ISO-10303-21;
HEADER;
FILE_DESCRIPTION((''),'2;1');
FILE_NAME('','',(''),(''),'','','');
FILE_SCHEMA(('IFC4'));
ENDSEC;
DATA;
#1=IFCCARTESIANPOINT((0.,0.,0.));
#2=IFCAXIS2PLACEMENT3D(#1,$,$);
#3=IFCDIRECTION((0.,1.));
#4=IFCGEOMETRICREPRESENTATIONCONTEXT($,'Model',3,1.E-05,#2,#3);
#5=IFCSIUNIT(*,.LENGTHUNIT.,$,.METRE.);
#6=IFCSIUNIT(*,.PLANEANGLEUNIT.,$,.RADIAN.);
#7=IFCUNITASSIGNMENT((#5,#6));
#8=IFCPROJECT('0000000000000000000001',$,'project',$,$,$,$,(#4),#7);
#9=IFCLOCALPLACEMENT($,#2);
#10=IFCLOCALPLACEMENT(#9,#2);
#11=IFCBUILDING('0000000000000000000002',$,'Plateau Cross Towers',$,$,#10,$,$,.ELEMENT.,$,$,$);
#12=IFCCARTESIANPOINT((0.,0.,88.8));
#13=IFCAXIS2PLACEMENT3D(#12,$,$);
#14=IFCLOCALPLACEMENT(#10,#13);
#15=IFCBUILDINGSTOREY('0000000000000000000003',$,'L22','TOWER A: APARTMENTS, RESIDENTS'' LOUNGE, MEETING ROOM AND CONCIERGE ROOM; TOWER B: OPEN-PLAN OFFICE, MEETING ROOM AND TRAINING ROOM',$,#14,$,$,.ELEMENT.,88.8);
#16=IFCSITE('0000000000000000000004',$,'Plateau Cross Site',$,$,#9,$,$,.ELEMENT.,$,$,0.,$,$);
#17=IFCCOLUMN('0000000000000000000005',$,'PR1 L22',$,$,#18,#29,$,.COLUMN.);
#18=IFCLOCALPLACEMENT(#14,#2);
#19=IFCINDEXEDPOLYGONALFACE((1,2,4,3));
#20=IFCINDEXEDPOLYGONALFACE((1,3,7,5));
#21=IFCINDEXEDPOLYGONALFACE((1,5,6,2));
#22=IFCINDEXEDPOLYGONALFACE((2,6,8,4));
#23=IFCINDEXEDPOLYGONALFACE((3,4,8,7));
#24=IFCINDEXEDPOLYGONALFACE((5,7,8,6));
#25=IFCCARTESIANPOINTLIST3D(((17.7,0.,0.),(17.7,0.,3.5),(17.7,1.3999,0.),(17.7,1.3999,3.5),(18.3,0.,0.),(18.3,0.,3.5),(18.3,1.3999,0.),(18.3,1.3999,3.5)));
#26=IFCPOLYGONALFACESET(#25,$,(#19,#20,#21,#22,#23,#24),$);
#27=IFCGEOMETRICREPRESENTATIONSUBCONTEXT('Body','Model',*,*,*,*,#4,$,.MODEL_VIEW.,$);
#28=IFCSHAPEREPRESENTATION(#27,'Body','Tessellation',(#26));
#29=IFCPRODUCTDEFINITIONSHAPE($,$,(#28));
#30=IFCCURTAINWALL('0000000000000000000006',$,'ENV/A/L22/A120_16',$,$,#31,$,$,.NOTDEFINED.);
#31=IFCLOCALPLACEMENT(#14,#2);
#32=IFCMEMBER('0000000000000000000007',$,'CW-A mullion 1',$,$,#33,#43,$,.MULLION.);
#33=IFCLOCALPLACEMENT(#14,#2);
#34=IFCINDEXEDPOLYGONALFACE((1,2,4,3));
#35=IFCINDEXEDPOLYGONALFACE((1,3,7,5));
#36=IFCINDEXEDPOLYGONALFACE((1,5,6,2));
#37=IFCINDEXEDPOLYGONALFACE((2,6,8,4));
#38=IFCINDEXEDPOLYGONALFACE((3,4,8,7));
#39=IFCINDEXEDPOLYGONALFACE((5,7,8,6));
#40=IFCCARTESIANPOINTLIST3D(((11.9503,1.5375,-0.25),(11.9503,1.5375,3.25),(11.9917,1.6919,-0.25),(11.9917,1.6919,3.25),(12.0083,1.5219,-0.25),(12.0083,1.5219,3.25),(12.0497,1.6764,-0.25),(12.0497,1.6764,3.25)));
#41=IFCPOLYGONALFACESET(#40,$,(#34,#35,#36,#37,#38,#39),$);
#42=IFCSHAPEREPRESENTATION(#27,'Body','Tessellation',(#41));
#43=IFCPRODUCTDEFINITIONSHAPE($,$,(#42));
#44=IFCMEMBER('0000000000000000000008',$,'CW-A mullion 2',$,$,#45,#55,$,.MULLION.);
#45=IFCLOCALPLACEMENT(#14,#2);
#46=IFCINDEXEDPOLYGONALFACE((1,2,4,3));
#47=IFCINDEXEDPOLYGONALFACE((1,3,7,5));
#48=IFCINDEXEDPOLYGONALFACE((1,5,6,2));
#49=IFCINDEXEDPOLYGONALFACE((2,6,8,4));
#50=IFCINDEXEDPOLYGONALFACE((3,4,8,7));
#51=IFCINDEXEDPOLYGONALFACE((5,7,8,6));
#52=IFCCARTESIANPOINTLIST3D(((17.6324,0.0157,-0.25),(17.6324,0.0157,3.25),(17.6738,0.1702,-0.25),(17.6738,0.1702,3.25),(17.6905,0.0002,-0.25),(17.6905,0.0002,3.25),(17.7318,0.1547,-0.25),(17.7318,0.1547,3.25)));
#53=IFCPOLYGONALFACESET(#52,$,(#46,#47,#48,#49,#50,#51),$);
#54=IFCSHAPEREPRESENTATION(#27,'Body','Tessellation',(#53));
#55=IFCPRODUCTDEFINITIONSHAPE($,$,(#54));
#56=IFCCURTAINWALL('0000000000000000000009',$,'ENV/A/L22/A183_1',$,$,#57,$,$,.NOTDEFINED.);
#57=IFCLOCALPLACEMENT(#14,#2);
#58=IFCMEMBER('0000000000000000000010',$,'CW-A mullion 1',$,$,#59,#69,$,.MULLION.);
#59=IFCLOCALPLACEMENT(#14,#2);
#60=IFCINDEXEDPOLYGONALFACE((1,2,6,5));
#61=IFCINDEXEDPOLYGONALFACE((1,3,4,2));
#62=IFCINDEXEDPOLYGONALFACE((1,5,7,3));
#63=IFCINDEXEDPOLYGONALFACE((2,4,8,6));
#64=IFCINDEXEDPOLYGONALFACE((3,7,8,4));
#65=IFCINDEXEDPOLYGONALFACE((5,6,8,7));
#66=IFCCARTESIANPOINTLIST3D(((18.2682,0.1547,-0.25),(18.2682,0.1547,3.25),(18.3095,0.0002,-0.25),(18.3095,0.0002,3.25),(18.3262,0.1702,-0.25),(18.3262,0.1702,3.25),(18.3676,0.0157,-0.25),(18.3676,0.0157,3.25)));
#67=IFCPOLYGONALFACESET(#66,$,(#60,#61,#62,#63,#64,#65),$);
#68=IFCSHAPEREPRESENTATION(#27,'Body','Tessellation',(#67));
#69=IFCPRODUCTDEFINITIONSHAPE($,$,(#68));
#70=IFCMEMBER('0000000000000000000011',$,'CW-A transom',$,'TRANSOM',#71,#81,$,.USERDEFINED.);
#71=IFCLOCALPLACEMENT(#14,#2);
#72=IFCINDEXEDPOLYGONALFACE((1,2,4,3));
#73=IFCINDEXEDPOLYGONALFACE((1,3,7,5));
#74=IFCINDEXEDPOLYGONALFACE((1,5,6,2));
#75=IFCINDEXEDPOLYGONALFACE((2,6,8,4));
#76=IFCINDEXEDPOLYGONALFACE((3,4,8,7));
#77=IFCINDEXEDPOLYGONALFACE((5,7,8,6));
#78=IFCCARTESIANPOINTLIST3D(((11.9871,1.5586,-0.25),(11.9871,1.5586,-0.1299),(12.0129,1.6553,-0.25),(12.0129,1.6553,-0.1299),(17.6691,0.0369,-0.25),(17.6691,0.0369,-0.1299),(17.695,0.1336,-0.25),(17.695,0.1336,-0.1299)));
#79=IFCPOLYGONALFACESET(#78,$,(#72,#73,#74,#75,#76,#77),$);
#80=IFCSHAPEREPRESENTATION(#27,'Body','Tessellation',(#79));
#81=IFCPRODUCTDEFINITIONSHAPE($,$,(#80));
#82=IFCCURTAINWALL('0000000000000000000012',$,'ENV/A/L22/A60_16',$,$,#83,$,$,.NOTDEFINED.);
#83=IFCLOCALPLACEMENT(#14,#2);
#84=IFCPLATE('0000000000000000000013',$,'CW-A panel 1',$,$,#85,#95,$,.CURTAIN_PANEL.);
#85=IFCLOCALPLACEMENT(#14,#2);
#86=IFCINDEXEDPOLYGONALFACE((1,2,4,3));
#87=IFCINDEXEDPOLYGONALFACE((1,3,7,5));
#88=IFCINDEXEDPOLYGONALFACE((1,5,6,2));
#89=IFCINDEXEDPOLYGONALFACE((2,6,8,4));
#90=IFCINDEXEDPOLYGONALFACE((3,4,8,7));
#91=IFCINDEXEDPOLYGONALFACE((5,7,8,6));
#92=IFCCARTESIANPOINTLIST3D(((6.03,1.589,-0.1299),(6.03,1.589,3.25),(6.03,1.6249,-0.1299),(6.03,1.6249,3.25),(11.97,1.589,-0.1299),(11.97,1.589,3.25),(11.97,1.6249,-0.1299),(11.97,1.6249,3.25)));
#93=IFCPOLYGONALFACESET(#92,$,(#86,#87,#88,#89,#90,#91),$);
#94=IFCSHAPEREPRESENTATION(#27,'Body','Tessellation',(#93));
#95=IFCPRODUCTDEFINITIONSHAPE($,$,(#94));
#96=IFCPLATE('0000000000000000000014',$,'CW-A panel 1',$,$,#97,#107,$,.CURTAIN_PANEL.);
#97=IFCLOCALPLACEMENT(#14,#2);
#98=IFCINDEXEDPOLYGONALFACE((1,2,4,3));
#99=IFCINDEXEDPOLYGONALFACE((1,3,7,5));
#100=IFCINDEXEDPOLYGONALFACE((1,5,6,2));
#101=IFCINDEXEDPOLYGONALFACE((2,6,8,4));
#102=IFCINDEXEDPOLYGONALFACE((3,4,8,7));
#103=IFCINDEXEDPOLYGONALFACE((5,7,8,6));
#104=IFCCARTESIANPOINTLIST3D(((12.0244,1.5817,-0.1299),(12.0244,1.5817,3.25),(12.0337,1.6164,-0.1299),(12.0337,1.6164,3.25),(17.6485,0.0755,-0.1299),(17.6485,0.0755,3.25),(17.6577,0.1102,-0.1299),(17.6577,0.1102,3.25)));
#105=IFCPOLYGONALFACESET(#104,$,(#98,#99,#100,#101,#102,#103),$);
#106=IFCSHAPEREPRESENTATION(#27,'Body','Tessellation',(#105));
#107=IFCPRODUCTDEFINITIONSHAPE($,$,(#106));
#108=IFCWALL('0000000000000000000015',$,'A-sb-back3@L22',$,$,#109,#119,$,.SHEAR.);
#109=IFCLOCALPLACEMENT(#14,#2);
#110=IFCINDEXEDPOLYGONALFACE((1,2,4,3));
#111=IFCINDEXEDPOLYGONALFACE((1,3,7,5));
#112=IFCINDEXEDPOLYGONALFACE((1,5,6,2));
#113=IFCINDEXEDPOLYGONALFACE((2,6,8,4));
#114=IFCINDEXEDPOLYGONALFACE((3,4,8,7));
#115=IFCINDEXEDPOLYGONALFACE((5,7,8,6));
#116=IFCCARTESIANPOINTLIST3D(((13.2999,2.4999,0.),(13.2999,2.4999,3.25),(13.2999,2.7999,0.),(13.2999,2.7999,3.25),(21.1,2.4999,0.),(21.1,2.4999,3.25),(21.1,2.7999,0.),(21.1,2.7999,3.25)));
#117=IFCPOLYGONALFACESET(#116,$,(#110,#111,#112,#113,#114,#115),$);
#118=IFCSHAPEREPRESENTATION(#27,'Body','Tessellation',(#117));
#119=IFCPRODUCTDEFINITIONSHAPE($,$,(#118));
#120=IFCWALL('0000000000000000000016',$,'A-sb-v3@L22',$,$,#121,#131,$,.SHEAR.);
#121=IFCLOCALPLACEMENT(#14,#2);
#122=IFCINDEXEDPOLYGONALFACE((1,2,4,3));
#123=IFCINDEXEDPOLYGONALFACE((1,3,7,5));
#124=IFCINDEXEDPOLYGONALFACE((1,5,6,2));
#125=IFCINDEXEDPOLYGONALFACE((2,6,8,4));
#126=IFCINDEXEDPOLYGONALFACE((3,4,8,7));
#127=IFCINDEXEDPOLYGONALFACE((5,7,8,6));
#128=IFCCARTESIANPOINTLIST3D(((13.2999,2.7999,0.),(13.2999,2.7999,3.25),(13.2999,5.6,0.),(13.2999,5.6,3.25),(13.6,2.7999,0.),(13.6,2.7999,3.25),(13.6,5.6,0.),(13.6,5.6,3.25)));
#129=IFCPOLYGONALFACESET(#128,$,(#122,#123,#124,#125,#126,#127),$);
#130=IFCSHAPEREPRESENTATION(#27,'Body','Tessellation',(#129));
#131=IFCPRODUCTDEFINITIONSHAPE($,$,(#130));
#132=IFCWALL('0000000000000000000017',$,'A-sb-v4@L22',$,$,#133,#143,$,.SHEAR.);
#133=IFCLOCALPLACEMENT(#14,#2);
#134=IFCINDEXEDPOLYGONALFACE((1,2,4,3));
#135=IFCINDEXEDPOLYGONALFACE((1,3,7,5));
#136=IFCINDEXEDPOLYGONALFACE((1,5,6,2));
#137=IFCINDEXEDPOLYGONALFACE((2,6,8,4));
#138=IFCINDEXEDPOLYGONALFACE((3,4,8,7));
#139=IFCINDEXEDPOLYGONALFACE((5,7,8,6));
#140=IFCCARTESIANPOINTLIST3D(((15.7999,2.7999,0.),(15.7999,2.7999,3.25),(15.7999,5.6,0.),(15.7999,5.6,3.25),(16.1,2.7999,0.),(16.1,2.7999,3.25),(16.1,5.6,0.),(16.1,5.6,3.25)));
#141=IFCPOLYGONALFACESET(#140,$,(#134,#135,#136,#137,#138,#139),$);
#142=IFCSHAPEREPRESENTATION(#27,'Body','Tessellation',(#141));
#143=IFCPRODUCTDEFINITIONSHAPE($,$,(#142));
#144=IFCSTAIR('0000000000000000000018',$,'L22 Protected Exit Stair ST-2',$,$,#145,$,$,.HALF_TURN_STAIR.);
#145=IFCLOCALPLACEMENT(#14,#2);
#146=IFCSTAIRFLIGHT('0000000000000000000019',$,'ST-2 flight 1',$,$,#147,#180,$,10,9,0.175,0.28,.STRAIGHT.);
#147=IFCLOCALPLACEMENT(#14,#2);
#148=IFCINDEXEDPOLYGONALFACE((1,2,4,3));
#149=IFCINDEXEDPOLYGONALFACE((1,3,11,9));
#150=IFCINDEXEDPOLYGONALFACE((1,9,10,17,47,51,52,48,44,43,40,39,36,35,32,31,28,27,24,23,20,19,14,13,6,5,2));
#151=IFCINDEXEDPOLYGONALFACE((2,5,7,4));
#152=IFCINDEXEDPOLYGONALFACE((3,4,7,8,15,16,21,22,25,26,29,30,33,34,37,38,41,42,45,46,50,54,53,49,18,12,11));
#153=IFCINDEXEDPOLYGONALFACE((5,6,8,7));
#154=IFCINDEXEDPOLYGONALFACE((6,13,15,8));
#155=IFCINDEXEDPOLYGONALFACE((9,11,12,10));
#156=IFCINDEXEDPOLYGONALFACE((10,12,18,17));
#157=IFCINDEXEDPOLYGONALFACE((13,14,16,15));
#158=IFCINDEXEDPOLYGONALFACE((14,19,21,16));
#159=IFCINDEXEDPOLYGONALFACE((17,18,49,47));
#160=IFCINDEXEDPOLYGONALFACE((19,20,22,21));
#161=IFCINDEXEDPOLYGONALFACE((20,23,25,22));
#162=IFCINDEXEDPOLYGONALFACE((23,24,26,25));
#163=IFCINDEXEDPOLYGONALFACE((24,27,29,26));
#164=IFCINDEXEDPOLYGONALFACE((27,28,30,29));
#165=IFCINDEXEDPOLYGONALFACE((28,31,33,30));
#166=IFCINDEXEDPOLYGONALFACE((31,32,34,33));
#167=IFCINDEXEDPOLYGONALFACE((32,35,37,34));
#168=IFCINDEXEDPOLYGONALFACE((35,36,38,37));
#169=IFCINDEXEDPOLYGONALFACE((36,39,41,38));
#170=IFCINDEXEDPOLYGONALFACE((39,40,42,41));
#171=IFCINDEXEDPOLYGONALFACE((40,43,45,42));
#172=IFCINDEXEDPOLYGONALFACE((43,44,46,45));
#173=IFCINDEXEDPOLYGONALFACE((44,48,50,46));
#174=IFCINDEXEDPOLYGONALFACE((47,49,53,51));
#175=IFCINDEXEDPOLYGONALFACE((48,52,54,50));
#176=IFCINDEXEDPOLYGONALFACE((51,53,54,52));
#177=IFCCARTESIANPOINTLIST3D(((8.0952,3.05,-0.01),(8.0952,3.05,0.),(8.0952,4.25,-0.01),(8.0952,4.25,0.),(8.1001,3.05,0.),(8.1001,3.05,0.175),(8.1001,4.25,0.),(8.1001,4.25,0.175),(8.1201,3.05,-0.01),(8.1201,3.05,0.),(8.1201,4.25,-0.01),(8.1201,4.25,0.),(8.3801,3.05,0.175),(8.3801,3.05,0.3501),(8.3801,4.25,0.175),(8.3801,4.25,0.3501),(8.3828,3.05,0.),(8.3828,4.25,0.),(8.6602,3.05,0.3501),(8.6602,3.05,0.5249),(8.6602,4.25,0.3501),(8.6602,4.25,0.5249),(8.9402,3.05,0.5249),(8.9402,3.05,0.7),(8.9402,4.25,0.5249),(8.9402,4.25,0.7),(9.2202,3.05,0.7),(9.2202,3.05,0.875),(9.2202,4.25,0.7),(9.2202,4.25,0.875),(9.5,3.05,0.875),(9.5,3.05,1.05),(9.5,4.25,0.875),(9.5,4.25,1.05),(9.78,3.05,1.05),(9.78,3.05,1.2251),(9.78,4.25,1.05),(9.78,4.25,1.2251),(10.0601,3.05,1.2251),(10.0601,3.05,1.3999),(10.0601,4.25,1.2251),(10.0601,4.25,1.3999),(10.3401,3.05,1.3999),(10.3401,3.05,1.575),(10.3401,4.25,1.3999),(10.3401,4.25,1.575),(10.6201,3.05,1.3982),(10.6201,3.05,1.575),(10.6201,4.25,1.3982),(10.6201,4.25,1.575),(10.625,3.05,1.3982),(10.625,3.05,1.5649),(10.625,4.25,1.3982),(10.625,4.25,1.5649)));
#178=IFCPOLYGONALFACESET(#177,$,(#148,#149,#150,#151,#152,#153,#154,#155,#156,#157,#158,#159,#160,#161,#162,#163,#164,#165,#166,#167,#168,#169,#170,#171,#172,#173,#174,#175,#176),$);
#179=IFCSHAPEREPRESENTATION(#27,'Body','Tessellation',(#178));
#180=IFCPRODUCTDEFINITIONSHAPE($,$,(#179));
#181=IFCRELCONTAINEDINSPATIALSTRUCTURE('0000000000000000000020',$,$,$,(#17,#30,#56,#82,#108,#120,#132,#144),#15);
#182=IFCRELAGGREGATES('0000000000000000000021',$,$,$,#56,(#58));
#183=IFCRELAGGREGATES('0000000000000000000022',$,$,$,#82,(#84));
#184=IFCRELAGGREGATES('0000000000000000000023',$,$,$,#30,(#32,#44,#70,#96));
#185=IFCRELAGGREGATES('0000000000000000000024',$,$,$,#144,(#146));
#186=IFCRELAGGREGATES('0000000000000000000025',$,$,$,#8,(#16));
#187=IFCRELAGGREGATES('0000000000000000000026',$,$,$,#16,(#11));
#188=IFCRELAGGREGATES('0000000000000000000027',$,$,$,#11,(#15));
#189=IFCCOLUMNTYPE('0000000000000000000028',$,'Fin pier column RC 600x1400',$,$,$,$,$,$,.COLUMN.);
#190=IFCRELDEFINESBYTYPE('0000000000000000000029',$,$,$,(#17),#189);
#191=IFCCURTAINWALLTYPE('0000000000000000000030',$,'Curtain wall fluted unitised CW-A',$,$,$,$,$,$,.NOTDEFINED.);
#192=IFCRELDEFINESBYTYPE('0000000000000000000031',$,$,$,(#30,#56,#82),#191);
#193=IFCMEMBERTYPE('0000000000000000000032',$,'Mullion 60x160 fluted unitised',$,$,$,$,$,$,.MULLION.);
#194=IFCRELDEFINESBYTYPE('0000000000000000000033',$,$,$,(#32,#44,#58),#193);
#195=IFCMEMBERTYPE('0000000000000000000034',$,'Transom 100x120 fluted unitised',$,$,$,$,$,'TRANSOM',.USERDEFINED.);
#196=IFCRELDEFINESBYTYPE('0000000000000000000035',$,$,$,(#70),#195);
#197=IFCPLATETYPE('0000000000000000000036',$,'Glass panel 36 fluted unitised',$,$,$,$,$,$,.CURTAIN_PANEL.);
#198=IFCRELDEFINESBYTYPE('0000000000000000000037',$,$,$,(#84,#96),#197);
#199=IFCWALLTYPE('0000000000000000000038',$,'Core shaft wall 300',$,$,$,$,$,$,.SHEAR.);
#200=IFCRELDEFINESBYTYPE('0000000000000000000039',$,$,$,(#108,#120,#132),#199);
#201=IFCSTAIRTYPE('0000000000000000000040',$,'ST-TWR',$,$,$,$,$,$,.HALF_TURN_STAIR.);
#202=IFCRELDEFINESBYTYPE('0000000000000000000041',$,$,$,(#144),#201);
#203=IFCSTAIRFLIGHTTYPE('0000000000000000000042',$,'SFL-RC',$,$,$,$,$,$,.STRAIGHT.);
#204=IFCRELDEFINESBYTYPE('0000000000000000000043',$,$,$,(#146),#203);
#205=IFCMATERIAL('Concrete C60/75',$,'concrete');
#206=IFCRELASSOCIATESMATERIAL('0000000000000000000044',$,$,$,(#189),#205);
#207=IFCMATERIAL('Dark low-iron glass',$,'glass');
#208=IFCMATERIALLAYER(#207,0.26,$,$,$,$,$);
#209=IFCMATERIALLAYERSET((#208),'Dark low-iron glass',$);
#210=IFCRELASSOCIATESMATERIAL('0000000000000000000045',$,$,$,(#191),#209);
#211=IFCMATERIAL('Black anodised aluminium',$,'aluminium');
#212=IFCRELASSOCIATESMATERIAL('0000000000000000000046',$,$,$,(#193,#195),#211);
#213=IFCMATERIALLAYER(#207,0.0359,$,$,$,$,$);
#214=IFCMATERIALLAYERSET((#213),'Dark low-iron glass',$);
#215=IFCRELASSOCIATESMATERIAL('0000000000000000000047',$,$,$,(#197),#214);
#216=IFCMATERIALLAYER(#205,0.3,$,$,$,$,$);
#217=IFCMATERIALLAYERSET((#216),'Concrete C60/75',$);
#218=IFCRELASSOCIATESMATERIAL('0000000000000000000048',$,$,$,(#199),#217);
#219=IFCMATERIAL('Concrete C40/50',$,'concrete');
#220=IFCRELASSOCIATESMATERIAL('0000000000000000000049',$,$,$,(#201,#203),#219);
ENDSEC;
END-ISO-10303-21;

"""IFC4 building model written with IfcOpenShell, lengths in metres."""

from ifc_helpers import new_model, si_unit, direction, frame, frame_2d, origin, origin_2d, place, context, subcontext, project, spatial, polyline, rectangle, outline, extrude, material, layer, layer_set, material_profile, profile_set, type_object, element, aggregate, save


model = new_model("IFC4")

# Units and contexts
model_context = context("Model", 3, precision=1e-05, world=origin(), true_north=direction((0.0, 1.0)))
body_context = subcontext(model_context, "Body", "Model", "MODEL_VIEW")
ifc_project = project(units=[si_unit("LENGTHUNIT", "METRE"), si_unit("PLANEANGLEUNIT", "RADIAN")], contexts=[model_context])

# Site, building, storey
site_placement = place(None, origin())
site = spatial("IfcSite", under=ifc_project, at=site_placement, Name="Plateau Cross Site", CompositionType="ELEMENT", RefElevation=0.0)
building_placement = place(site_placement, origin())
building = spatial("IfcBuilding", under=site, at=building_placement, Name="Plateau Cross Towers", CompositionType="ELEMENT")
storey_placement = place(building_placement, frame((0.0, 0.0, 88.8)))
storey = spatial("IfcBuildingStorey", under=building, at=storey_placement, Name="L22", Description="TOWER A: APARTMENTS, RESIDENTS' LOUNGE, MEETING ROOM AND CONCIERGE ROOM; TOWER B: OPEN-PLAN OFFICE, MEETING ROOM AND TRAINING ROOM", CompositionType="ELEMENT", Elevation=88.8)

# Column
ifc_material_1 = material(Name="Concrete C60/75", Category="concrete")
ifc_material_profile_1 = material_profile(ifc_material_1, rectangle(XDim=0.6001, YDim=1.3999, at=origin_2d()), Name="RC 600x1400")
ifc_profile_set_1 = profile_set([ifc_material_profile_1], Name="Concrete C60/75")
column_type = type_object("IfcColumnType", Name="Fin pier column RC 600x1400", PredefinedType="COLUMN", material=ifc_profile_set_1)
column_placement = place(storey_placement, frame((18.0, 0.7, 0.0), z_axis=(0.0, 0.0, 1.0), x_axis=(1.0, 0.0, 0.0)))
element("IfcColumn", 1, at=column_placement, inside=storey, type_object=column_type, Name="PR1 L22", PredefinedType="COLUMN", context=body_context, shape_type="SweptSolid", body=[
    extrude(rectangle(XDim=0.6001, YDim=1.3999, at=origin_2d()), origin(), (0.0, 0.0, 1.0), 3.5),
])

# Curtain wall, members
ifc_material_2 = material(Name="Dark low-iron glass", Category="glass")
ifc_layer_1 = layer(ifc_material_2, 0.26)
ifc_layer_set_1 = layer_set([ifc_layer_1], Name="Dark low-iron glass")
curtain_wall_type = type_object("IfcCurtainWallType", Name="Curtain wall fluted unitised CW-A", PredefinedType="NOTDEFINED", material=ifc_layer_set_1)
curtain_wall_1_placement = place(storey_placement, origin())
curtain_wall_1 = element("IfcCurtainWall", 2, at=curtain_wall_1_placement, inside=storey, type_object=curtain_wall_type, Name="ENV/A/L22/A120_16", PredefinedType="NOTDEFINED")
ifc_material_3 = material(Name="Black anodised aluminium", Category="aluminium")
ifc_material_profile_2 = material_profile(ifc_material_3, rectangle(XDim=0.0601, YDim=0.1599, at=origin_2d()), Name="MULLION 60x160")
ifc_profile_set_2 = profile_set([ifc_material_profile_2], Name="Black anodised aluminium")
member_type_1 = type_object("IfcMemberType", Name="Mullion 60x160 fluted unitised", PredefinedType="MULLION", material=ifc_profile_set_2)
member_1_placement = place(storey_placement, frame((12.0, 1.6069, -0.25), z_axis=(0.0, 0.0, 1.0), x_axis=(0.965958, -0.258699, 0.0)))
member_1 = element("IfcMember", 3, at=member_1_placement, type_object=member_type_1, Name="CW-A mullion 1", PredefinedType="MULLION", context=body_context, shape_type="SweptSolid", body=[
    extrude(rectangle(XDim=0.0601, YDim=0.1599, at=origin_2d()), origin(), (0.0, 0.0, 1.0), 3.5),
])
member_2_placement = place(storey_placement, frame((17.6821, 0.0852, -0.25), z_axis=(0.0, 0.0, 1.0), x_axis=(0.965958, -0.258699, 0.0)))
member_2 = element("IfcMember", 4, at=member_2_placement, type_object=member_type_1, Name="CW-A mullion 2", PredefinedType="MULLION", context=body_context, shape_type="SweptSolid", body=[
    extrude(rectangle(XDim=0.0601, YDim=0.1599, at=origin_2d()), origin(), (0.0, 0.0, 1.0), 3.5),
])

# Curtain wall, member
curtain_wall_2_placement = place(storey_placement, origin())
curtain_wall_2 = element("IfcCurtainWall", 5, at=curtain_wall_2_placement, inside=storey, type_object=curtain_wall_type, Name="ENV/A/L22/A183_1", PredefinedType="NOTDEFINED")
member_3_placement = place(storey_placement, frame((18.3179, 0.0852, -0.25), z_axis=(0.0, 0.0, 1.0), x_axis=(0.965958, 0.258699, 0.0)))
member_3 = element("IfcMember", 6, at=member_3_placement, type_object=member_type_1, Name="CW-A mullion 1", PredefinedType="MULLION", context=body_context, shape_type="SweptSolid", body=[
    extrude(rectangle(XDim=0.0601, YDim=0.1599, at=origin_2d()), origin(), (0.0, 0.0, 1.0), 3.5),
])
aggregate(curtain_wall_2, [member_3])

# Member
ifc_material_profile_3 = material_profile(ifc_material_3, rectangle(XDim=0.1001, YDim=0.1201, at=origin_2d()), Name="TRANSOM 100x120")
ifc_profile_set_3 = profile_set([ifc_material_profile_3], Name="Black anodised aluminium")
member_type_2 = type_object("IfcMemberType", Name="Transom 100x120 fluted unitised", ElementType="TRANSOM", PredefinedType="USERDEFINED", material=ifc_profile_set_3)
member_4_placement = place(storey_placement, frame((12.0, 1.6069, -0.1899), z_axis=(0.96596, -0.258693, 0.0), x_axis=(0.258693, 0.96596, 0.0)))
member_4 = element("IfcMember", 7, at=member_4_placement, type_object=member_type_2, Name="CW-A transom", ObjectType="TRANSOM", PredefinedType="USERDEFINED", context=body_context, shape_type="SweptSolid", body=[
    extrude(rectangle(XDim=0.1001, YDim=0.1201, at=origin_2d()), origin(), (0.0, 0.0, 1.0), 5.8823),
])

# Curtain wall, plate
curtain_wall_3_placement = place(storey_placement, origin())
curtain_wall_3 = element("IfcCurtainWall", 8, at=curtain_wall_3_placement, inside=storey, type_object=curtain_wall_type, Name="ENV/A/L22/A60_16", PredefinedType="NOTDEFINED")
ifc_layer_2 = layer(ifc_material_2, 0.0359)
ifc_layer_set_2 = layer_set([ifc_layer_2], Name="Dark low-iron glass")
plate_type = type_object("IfcPlateType", Name="Glass panel 36 fluted unitised", PredefinedType="CURTAIN_PANEL", material=ifc_layer_set_2)
plate_1_placement = place(storey_placement, frame((9.0, 1.6069, -0.1299), z_axis=(0.0, 0.0, 1.0), x_axis=(1.0, 0.0, 0.0)))
plate_1 = element("IfcPlate", 9, at=plate_1_placement, type_object=plate_type, Name="CW-A panel 1", PredefinedType="CURTAIN_PANEL", context=body_context, shape_type="SweptSolid", body=[
    extrude(rectangle(XDim=5.9399, YDim=0.0359, at=origin_2d()), origin(), (0.0, 0.0, 1.0), 3.3799),
])
aggregate(curtain_wall_3, [plate_1])

# Plate
plate_2_placement = place(storey_placement, frame((14.8411, 0.8459, -0.1299), z_axis=(0.0, 0.0, 1.0), x_axis=(0.965958, -0.258699, 0.0)))
plate_2 = element("IfcPlate", 10, at=plate_2_placement, type_object=plate_type, Name="CW-A panel 1", PredefinedType="CURTAIN_PANEL", context=body_context, shape_type="SweptSolid", body=[
    extrude(rectangle(XDim=5.8223, YDim=0.0359, at=origin_2d()), origin(), (0.0, 0.0, 1.0), 3.3799),
])
aggregate(curtain_wall_1, [member_1, member_2, member_4, plate_2])

# Walls
ifc_layer_3 = layer(ifc_material_1, 0.3)
ifc_layer_set_3 = layer_set([ifc_layer_3], Name="Concrete C60/75")
wall_type = type_object("IfcWallType", Name="Core shaft wall 300", PredefinedType="SHEAR", material=ifc_layer_set_3)
wall_placement = place(storey_placement, frame((13.3, 2.6499, 0.0), z_axis=(0.0, 0.0, 1.0), x_axis=(1.0, 0.0, 0.0)))
element("IfcWall", 11, at=wall_placement, inside=storey, type_object=wall_type, Name="A-sb-back3@L22", PredefinedType="SHEAR", context=body_context, shape_type="SweptSolid", body=[
    extrude(rectangle(XDim=7.8, YDim=0.3, at=frame_2d((3.8999, 0.0))), origin(), (0.0, 0.0, 1.0), 3.25),
])
for number, where, z_axis, x_axis, name in (
    (12, (13.45, 2.8, 0.0), (0.0, 0.0, 1.0), (0.0, 1.0, 0.0), "A-sb-v3@L22"),
    (13, (15.95, 2.8, 0.0), (0.0, 0.0, 1.0), (0.0, 1.0, 0.0), "A-sb-v4@L22"),
):
    element("IfcWall", number, at=place(storey_placement, frame(where, z_axis=z_axis, x_axis=x_axis)), inside=storey, type_object=wall_type, Name=name, PredefinedType="SHEAR", context=body_context, shape_type="SweptSolid", body=[
        extrude(rectangle(XDim=2.8, YDim=0.3, at=frame_2d((1.3999, 0.0))), origin(), (0.0, 0.0, 1.0), 3.25),
    ])

# Stair, stair flight
ifc_material_4 = material(Name="Concrete C40/50", Category="concrete")
stair_type = type_object("IfcStairType", Name="ST-TWR", PredefinedType="HALF_TURN_STAIR", material=ifc_material_4)
stair_placement = place(storey_placement, origin())
stair = element("IfcStair", 14, at=stair_placement, inside=storey, type_object=stair_type, Name="L22 Protected Exit Stair ST-2", PredefinedType="HALF_TURN_STAIR")
stair_flight_type = type_object("IfcStairFlightType", Name="SFL-RC", PredefinedType="STRAIGHT", material=ifc_material_4)
stair_flight_placement = place(storey_placement, frame((8.1001, 3.6499, 0.0), z_axis=(0.0, 0.0, 1.0), x_axis=(1.0, 0.0, 0.0)))
stair_flight = element("IfcStairFlight", 15, at=stair_flight_placement, type_object=stair_flight_type, Name="ST-2 flight 1", NumberOfRisers=10, NumberOfTreads=9, PredefinedType="STRAIGHT", RiserHeight=0.175, TreadLength=0.28, context=body_context, shape_type="SweptSolid", body=[
    extrude(outline(polyline([(-0.0049, -0.01), (-0.0049, 0.0), (0.0, 0.0), (0.0, 0.175), (0.28, 0.175), (0.28, 0.3501), (0.5601, 0.3501), (0.5601, 0.5249), (0.8401, 0.5249), (0.8401, 0.7), (1.1201, 0.7), (1.1201, 0.875), (1.3999, 0.875), (1.3999, 1.05), (1.6799, 1.05), (1.6799, 1.2251), (1.96, 1.2251), (1.96, 1.3999), (2.24, 1.3999), (2.24, 1.575), (2.52, 1.575), (2.5249, 1.5649), (2.5249, 1.3982), (2.52, 1.3982), (0.2827, 0.0), (0.02, 0.0), (0.02, -0.01), (-0.0049, -0.01)])), frame((0.0, 0.6001, 0.0), z_axis=(0.0, -1.0, 0.0), x_axis=(1.0, 0.0, 0.0)), (0.0, 0.0, 1.0), 1.2),
])
aggregate(stair, [stair_flight])

save(model, "model.ifc")
